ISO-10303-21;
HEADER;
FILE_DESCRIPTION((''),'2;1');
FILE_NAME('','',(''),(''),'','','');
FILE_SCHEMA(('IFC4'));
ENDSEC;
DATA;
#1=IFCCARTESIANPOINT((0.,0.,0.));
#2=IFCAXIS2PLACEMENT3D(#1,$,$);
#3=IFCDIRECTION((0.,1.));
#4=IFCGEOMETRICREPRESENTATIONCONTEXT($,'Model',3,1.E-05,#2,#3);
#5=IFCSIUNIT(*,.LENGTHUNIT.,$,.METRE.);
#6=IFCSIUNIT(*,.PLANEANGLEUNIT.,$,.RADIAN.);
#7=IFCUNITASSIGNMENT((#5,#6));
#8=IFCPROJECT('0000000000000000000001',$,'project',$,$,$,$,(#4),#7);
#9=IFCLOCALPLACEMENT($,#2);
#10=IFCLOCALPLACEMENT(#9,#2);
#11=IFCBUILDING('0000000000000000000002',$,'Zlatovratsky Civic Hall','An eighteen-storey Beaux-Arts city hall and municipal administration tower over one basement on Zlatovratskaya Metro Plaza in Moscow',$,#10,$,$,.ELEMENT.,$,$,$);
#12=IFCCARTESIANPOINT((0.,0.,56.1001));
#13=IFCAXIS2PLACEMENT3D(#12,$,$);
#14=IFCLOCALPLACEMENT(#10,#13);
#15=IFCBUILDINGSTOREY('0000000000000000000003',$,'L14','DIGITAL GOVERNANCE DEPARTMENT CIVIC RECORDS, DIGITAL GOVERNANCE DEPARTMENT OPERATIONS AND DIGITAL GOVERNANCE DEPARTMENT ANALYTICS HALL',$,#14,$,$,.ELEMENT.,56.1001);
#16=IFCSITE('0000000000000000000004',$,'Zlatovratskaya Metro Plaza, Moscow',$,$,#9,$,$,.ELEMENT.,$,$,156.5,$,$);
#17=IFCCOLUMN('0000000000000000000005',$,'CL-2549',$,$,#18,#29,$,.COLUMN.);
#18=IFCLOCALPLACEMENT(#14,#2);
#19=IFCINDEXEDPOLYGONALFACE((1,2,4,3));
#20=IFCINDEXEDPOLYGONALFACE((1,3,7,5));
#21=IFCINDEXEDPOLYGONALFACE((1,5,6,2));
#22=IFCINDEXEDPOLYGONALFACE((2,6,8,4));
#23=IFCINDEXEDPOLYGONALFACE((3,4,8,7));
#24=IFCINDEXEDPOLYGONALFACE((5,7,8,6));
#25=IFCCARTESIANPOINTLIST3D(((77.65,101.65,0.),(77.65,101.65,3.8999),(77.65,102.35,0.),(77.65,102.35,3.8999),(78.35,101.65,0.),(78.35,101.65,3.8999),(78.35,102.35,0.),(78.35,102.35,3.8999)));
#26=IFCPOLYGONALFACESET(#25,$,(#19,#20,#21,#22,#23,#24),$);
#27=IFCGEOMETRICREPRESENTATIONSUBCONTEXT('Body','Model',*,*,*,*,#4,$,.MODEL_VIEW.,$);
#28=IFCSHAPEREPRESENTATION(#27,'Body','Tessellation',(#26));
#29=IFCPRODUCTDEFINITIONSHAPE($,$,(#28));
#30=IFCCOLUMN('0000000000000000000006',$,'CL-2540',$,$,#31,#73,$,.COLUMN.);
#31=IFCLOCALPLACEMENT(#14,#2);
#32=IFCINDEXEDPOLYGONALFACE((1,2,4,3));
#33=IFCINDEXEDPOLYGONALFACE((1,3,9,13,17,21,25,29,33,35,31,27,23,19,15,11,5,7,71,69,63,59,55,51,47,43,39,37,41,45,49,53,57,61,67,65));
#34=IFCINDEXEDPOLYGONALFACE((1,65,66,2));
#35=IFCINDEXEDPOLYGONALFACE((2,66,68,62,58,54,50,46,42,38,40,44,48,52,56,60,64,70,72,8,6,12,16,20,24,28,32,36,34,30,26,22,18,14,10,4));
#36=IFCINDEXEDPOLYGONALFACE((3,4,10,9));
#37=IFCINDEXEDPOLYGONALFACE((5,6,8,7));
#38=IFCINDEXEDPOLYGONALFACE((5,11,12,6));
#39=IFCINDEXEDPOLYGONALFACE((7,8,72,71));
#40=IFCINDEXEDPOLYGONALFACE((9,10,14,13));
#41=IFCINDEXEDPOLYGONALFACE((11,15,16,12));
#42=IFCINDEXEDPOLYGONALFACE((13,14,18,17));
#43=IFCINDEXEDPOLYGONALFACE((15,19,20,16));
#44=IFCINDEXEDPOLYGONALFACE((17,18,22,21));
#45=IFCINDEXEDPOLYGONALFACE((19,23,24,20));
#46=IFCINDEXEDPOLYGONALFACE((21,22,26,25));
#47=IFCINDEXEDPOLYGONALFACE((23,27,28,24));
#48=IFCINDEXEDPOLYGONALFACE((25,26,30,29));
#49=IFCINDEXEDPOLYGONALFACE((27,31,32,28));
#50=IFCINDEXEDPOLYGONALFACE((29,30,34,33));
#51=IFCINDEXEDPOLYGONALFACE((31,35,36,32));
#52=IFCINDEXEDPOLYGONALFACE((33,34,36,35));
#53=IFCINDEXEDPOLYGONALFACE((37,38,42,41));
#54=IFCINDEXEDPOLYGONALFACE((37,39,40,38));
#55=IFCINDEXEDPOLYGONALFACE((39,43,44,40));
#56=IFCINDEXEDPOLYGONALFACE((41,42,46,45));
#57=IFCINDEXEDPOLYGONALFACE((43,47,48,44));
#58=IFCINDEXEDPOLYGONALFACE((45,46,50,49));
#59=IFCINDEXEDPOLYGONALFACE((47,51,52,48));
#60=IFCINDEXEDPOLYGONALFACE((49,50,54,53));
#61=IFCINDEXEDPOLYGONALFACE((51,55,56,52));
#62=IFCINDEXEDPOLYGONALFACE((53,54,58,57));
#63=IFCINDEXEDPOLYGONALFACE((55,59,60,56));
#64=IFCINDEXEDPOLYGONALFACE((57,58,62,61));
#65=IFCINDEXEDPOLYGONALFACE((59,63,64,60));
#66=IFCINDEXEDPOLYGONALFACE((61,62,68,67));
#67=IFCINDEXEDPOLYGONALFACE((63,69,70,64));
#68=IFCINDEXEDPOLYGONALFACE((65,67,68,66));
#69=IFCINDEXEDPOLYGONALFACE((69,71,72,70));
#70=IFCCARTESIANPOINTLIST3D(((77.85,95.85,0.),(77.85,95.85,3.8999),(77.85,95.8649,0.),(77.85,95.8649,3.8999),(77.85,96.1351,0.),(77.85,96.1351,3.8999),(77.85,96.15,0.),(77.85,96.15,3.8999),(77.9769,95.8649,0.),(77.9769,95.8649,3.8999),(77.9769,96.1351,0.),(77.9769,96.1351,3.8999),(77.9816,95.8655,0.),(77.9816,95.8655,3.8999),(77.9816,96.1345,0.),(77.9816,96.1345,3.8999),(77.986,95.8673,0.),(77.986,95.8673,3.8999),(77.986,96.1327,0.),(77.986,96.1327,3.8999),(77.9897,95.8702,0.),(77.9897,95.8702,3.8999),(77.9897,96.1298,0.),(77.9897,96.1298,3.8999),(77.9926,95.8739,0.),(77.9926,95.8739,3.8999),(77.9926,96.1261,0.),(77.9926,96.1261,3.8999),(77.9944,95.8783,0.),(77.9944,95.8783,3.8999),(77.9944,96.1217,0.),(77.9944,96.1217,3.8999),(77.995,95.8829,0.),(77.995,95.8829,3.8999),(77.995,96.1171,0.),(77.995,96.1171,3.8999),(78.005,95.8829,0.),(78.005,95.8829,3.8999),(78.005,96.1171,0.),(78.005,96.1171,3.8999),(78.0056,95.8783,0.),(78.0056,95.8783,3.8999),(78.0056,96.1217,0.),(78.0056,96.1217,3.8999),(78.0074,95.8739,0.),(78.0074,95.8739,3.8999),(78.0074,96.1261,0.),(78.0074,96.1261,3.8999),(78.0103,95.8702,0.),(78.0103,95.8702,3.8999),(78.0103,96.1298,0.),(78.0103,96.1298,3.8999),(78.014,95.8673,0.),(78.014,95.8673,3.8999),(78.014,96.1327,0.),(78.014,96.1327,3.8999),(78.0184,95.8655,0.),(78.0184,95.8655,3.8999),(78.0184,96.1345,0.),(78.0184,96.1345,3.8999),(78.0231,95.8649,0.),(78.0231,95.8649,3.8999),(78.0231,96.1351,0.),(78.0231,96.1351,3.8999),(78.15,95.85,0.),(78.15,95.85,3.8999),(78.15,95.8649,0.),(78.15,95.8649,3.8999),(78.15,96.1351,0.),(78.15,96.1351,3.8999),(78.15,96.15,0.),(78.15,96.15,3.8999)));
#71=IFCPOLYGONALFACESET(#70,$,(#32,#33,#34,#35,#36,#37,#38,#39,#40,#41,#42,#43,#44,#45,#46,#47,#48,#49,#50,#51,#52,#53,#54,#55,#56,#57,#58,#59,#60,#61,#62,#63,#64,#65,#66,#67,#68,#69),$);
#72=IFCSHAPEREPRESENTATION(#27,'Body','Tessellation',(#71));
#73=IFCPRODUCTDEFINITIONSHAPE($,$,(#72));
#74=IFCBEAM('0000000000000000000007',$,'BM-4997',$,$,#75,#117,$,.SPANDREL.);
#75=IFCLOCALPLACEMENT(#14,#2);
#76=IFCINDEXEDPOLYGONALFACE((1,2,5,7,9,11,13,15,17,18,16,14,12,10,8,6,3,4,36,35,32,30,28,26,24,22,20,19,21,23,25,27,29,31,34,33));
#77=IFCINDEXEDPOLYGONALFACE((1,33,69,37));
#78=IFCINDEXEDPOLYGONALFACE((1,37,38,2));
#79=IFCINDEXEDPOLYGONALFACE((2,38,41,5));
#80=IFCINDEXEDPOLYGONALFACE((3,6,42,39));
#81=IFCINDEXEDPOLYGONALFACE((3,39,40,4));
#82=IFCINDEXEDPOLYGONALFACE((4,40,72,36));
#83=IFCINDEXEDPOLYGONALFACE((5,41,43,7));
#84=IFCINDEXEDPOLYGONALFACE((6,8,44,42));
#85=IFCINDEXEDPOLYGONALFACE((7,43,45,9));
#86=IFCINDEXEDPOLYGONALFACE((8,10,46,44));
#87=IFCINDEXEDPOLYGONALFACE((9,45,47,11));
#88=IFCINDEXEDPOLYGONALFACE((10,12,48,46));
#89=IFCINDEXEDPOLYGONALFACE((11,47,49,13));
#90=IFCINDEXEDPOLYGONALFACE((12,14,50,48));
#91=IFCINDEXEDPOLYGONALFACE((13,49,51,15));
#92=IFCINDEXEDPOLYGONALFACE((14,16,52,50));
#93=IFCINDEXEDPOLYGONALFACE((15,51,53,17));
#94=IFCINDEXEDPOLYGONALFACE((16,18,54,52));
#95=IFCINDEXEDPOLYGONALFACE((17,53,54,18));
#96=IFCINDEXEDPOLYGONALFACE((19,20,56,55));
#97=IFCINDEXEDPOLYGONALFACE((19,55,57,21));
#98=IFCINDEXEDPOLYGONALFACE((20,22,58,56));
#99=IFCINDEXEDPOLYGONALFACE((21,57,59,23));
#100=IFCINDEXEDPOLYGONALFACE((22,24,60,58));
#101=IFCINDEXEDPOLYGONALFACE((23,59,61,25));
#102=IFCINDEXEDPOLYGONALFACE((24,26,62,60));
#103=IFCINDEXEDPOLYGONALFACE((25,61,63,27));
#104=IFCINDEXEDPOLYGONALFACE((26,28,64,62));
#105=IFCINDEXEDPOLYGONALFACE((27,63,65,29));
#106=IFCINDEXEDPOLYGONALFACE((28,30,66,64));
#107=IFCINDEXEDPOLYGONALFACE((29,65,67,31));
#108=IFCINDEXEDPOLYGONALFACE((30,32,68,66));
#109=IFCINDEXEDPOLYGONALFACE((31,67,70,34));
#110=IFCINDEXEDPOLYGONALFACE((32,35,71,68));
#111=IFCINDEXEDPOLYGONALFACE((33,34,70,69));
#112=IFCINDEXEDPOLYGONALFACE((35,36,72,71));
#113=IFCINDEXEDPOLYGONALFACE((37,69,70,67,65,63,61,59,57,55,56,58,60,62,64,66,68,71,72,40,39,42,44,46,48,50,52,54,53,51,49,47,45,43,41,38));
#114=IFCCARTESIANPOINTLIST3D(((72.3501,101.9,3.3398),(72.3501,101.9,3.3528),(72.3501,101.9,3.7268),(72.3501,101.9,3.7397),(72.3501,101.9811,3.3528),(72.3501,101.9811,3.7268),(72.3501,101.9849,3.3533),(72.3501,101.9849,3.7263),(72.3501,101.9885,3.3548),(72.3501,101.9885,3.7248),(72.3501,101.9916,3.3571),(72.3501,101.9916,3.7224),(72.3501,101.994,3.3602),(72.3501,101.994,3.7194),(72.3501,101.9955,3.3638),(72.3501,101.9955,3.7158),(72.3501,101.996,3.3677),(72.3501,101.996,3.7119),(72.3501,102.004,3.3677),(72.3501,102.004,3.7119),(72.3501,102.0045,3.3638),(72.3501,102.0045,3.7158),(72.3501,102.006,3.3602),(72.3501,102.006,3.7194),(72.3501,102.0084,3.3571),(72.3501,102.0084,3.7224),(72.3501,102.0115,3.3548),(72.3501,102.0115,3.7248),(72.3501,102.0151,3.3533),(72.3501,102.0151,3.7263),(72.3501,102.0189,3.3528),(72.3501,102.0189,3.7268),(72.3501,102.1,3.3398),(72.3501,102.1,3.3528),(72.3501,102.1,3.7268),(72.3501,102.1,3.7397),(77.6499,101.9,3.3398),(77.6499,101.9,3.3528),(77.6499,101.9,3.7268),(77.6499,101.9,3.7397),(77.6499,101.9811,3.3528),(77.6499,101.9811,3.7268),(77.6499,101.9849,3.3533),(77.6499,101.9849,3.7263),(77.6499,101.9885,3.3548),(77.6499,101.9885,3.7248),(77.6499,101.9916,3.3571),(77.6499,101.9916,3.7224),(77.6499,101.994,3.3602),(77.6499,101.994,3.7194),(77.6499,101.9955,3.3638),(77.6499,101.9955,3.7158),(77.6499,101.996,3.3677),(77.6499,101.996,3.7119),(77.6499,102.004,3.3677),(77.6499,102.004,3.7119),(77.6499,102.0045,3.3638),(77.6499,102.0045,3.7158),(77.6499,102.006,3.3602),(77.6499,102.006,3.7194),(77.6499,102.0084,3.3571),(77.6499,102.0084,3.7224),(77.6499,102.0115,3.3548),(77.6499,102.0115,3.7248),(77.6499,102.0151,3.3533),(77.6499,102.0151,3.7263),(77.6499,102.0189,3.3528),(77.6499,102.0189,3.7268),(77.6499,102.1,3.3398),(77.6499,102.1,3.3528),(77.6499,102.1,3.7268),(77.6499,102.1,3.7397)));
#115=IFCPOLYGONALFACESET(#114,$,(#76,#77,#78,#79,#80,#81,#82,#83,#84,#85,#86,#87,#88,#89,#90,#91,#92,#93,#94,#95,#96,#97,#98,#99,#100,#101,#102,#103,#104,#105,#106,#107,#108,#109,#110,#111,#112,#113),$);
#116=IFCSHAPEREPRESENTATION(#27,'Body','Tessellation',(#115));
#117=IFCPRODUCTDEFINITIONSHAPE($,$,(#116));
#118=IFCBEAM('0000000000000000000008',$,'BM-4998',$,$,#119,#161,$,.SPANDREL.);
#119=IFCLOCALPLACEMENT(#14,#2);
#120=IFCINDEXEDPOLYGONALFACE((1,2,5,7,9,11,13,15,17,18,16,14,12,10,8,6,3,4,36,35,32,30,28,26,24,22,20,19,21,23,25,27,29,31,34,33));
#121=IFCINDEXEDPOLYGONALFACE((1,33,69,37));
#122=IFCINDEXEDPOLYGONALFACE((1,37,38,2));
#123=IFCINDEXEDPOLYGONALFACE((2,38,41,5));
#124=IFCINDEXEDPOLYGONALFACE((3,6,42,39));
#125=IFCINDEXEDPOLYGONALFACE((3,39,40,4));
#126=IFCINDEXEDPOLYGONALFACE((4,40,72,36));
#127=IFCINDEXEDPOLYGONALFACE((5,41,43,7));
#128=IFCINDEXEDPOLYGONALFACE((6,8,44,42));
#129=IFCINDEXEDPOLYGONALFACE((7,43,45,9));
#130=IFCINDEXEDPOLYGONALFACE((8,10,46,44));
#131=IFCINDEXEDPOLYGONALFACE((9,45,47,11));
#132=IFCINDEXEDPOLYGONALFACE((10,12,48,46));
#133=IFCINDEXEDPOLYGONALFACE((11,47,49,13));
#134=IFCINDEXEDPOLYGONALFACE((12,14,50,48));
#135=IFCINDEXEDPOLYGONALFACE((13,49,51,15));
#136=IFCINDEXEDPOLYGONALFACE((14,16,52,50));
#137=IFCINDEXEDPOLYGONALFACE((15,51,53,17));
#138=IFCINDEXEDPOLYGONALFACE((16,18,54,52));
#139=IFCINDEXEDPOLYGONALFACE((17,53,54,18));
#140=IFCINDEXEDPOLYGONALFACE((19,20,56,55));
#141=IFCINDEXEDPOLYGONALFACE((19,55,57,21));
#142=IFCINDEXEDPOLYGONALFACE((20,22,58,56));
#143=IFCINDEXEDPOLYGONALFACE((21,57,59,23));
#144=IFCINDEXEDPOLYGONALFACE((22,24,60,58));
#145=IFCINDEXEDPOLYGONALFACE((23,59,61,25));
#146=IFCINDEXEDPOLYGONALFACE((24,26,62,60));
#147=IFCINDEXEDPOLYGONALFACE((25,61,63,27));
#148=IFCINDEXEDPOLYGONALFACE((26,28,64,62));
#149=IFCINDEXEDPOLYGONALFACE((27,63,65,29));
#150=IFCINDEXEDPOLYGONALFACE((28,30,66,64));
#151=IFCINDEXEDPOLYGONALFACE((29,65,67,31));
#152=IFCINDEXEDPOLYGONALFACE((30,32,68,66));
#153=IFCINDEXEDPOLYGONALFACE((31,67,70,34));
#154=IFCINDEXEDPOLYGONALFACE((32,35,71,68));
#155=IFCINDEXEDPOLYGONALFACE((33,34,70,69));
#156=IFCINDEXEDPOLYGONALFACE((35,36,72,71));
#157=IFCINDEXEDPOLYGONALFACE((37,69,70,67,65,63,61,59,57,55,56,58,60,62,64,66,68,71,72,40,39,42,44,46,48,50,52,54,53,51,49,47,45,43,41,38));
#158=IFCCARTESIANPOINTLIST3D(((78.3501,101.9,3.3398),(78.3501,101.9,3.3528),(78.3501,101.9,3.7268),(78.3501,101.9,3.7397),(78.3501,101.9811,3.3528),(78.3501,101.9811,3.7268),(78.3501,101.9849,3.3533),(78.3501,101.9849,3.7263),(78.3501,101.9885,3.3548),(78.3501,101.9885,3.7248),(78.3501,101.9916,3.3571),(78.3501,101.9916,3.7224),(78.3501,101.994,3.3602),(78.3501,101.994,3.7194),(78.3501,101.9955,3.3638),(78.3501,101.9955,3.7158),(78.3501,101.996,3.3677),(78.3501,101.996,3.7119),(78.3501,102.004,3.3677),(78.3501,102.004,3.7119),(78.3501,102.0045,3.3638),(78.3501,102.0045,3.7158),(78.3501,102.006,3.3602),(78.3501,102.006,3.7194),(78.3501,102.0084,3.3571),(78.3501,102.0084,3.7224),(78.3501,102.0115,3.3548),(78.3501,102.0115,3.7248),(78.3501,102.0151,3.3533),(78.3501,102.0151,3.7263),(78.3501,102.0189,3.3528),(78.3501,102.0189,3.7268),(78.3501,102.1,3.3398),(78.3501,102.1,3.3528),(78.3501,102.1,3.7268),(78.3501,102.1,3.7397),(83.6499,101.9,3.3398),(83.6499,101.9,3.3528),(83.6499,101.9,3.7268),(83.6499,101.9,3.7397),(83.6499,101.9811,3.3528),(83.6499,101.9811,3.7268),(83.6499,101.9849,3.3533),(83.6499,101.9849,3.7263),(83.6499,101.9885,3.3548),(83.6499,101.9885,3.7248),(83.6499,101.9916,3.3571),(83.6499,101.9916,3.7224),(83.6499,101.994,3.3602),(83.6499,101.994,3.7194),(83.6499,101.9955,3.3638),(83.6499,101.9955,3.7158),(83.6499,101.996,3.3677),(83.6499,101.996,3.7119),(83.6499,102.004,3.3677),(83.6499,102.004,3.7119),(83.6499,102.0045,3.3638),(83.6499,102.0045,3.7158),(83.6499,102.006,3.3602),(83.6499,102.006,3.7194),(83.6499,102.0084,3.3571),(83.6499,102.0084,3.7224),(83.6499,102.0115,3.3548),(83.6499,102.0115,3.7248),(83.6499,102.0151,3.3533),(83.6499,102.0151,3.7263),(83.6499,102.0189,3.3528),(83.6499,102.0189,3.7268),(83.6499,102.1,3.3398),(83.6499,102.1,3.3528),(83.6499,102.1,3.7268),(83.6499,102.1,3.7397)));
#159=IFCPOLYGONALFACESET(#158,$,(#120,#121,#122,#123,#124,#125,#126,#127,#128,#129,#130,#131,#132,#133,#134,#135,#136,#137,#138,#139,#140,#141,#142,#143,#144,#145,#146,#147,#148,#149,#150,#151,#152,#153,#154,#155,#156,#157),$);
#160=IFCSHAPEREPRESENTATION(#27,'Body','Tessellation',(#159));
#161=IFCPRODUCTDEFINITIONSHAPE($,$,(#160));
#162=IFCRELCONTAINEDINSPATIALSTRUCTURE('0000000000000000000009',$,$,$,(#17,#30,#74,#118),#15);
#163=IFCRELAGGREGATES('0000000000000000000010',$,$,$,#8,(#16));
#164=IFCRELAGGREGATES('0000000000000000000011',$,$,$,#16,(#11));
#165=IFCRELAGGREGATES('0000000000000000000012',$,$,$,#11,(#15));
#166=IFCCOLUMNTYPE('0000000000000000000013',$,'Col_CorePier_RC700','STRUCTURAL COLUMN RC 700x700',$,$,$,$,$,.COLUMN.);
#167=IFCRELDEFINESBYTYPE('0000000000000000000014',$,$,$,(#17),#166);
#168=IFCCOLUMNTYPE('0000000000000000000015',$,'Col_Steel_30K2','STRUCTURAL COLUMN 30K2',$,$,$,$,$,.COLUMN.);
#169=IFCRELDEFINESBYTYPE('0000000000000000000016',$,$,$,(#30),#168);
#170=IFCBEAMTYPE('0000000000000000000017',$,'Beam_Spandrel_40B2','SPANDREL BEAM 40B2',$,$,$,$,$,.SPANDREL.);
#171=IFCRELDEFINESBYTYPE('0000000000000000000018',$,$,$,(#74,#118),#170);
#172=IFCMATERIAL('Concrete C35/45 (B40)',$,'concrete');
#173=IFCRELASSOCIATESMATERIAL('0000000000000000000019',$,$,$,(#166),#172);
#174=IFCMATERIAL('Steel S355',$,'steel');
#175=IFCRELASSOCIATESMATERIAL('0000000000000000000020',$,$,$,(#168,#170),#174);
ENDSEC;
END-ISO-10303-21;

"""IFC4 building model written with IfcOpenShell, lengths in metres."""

from ifc_helpers import new_model, si_unit, direction, frame, origin, origin_2d, place, context, subcontext, project, spatial, rectangle, i_section, extrude, material, material_profile, profile_set, type_object, element, save


model = new_model("IFC4")

# Units and contexts
model_context = context("Model", 3, precision=1e-05, world=origin(), true_north=direction((0.0, 1.0)))
body_context = subcontext(model_context, "Body", "Model", "MODEL_VIEW")
ifc_project = project(units=[si_unit("LENGTHUNIT", "METRE"), si_unit("PLANEANGLEUNIT", "RADIAN")], contexts=[model_context])

# Site, building, storey
site_placement = place(None, origin())
site = spatial("IfcSite", under=ifc_project, at=site_placement, Name="Zlatovratskaya Metro Plaza, Moscow", CompositionType="ELEMENT", RefElevation=156.5)
building_placement = place(site_placement, origin())
building = spatial("IfcBuilding", under=site, at=building_placement, Name="Zlatovratsky Civic Hall", Description="An eighteen-storey Beaux-Arts city hall and municipal administration tower over one basement on Zlatovratskaya Metro Plaza in Moscow", CompositionType="ELEMENT")
storey_placement = place(building_placement, frame((0.0, 0.0, 56.1001)))
storey = spatial("IfcBuildingStorey", under=building, at=storey_placement, Name="L14", Description="DIGITAL GOVERNANCE DEPARTMENT CIVIC RECORDS, DIGITAL GOVERNANCE DEPARTMENT OPERATIONS AND DIGITAL GOVERNANCE DEPARTMENT ANALYTICS HALL", CompositionType="ELEMENT", Elevation=56.1001)

# Columns
ifc_material_1 = material(Name="Concrete C35/45 (B40)", Category="concrete")
ifc_material_profile_1 = material_profile(ifc_material_1, rectangle(XDim=0.7, YDim=0.7, at=origin_2d()), Name="RC 700x700")
ifc_profile_set_1 = profile_set([ifc_material_profile_1], Name="Concrete C35/45 (B40)")
column_type_1 = type_object("IfcColumnType", Name="Col_CorePier_RC700", Description="STRUCTURAL COLUMN RC 700x700", PredefinedType="COLUMN", material=ifc_profile_set_1)
column_1_placement = place(storey_placement, frame((78.0, 102.0, 0.0), z_axis=(0.0, 0.0, 1.0), x_axis=(1.0, 0.0, 0.0)))
element("IfcColumn", 1, at=column_1_placement, inside=storey, type_object=column_type_1, Name="CL-2549", PredefinedType="COLUMN", context=body_context, shape_type="SweptSolid", body=[
    extrude(rectangle(XDim=0.7, YDim=0.7, at=origin_2d()), origin(), (0.0, 0.0, 1.0), 3.8999),
])
ifc_material_2 = material(Name="Steel S355", Category="steel")
ifc_material_profile_2 = material_profile(ifc_material_2, i_section(OverallWidth=0.3, OverallDepth=0.3, WebThickness=0.01, FlangeThickness=0.0149, FilletRadius=0.0181, at=origin_2d()), Name="30K2")
ifc_profile_set_2 = profile_set([ifc_material_profile_2], Name="Steel S355")
column_type_2 = type_object("IfcColumnType", Name="Col_Steel_30K2", Description="STRUCTURAL COLUMN 30K2", PredefinedType="COLUMN", material=ifc_profile_set_2)
column_2_placement = place(storey_placement, frame((78.0, 96.0, 0.0), z_axis=(0.0, 0.0, 1.0), x_axis=(1.0, 0.0, 0.0)))
element("IfcColumn", 2, at=column_2_placement, inside=storey, type_object=column_type_2, Name="CL-2540", PredefinedType="COLUMN", context=body_context, shape_type="SweptSolid", body=[
    extrude(i_section(OverallWidth=0.3, OverallDepth=0.3, WebThickness=0.01, FlangeThickness=0.0149, FilletRadius=0.0181, at=origin_2d()), origin(), (0.0, 0.0, 1.0), 3.8999),
])

# Beams
ifc_material_profile_3 = material_profile(ifc_material_2, i_section(OverallWidth=0.2, OverallDepth=0.3999, WebThickness=0.0081, FlangeThickness=0.0129, FilletRadius=0.0149, at=origin_2d()), Name="40B2")
ifc_profile_set_3 = profile_set([ifc_material_profile_3], Name="Steel S355")
beam_type_1 = type_object("IfcBeamType", Name="Beam_Spandrel_40B2", Description="SPANDREL BEAM 40B2", PredefinedType="SPANDREL", material=ifc_profile_set_3)
for number, where, z_axis, x_axis, name in (
    (3, (72.3501, 102.0, 3.5398), (1.0, 0.0, 0.0), (0.0, 1.0, 0.0), "BM-4997"),
    (4, (78.3501, 102.0, 3.5398), (1.0, 0.0, 0.0), (0.0, 1.0, 0.0), "BM-4998"),
):
    element("IfcBeam", number, at=place(storey_placement, frame(where, z_axis=z_axis, x_axis=x_axis)), inside=storey, type_object=beam_type_1, Name=name, PredefinedType="SPANDREL", context=body_context, shape_type="SweptSolid", body=[
        extrude(i_section(OverallWidth=0.2, OverallDepth=0.3999, WebThickness=0.0081, FlangeThickness=0.0129, FilletRadius=0.0149, at=origin_2d()), origin(), (0.0, 0.0, 1.0), 5.2998),
    ])

save(model, "model.ifc")
